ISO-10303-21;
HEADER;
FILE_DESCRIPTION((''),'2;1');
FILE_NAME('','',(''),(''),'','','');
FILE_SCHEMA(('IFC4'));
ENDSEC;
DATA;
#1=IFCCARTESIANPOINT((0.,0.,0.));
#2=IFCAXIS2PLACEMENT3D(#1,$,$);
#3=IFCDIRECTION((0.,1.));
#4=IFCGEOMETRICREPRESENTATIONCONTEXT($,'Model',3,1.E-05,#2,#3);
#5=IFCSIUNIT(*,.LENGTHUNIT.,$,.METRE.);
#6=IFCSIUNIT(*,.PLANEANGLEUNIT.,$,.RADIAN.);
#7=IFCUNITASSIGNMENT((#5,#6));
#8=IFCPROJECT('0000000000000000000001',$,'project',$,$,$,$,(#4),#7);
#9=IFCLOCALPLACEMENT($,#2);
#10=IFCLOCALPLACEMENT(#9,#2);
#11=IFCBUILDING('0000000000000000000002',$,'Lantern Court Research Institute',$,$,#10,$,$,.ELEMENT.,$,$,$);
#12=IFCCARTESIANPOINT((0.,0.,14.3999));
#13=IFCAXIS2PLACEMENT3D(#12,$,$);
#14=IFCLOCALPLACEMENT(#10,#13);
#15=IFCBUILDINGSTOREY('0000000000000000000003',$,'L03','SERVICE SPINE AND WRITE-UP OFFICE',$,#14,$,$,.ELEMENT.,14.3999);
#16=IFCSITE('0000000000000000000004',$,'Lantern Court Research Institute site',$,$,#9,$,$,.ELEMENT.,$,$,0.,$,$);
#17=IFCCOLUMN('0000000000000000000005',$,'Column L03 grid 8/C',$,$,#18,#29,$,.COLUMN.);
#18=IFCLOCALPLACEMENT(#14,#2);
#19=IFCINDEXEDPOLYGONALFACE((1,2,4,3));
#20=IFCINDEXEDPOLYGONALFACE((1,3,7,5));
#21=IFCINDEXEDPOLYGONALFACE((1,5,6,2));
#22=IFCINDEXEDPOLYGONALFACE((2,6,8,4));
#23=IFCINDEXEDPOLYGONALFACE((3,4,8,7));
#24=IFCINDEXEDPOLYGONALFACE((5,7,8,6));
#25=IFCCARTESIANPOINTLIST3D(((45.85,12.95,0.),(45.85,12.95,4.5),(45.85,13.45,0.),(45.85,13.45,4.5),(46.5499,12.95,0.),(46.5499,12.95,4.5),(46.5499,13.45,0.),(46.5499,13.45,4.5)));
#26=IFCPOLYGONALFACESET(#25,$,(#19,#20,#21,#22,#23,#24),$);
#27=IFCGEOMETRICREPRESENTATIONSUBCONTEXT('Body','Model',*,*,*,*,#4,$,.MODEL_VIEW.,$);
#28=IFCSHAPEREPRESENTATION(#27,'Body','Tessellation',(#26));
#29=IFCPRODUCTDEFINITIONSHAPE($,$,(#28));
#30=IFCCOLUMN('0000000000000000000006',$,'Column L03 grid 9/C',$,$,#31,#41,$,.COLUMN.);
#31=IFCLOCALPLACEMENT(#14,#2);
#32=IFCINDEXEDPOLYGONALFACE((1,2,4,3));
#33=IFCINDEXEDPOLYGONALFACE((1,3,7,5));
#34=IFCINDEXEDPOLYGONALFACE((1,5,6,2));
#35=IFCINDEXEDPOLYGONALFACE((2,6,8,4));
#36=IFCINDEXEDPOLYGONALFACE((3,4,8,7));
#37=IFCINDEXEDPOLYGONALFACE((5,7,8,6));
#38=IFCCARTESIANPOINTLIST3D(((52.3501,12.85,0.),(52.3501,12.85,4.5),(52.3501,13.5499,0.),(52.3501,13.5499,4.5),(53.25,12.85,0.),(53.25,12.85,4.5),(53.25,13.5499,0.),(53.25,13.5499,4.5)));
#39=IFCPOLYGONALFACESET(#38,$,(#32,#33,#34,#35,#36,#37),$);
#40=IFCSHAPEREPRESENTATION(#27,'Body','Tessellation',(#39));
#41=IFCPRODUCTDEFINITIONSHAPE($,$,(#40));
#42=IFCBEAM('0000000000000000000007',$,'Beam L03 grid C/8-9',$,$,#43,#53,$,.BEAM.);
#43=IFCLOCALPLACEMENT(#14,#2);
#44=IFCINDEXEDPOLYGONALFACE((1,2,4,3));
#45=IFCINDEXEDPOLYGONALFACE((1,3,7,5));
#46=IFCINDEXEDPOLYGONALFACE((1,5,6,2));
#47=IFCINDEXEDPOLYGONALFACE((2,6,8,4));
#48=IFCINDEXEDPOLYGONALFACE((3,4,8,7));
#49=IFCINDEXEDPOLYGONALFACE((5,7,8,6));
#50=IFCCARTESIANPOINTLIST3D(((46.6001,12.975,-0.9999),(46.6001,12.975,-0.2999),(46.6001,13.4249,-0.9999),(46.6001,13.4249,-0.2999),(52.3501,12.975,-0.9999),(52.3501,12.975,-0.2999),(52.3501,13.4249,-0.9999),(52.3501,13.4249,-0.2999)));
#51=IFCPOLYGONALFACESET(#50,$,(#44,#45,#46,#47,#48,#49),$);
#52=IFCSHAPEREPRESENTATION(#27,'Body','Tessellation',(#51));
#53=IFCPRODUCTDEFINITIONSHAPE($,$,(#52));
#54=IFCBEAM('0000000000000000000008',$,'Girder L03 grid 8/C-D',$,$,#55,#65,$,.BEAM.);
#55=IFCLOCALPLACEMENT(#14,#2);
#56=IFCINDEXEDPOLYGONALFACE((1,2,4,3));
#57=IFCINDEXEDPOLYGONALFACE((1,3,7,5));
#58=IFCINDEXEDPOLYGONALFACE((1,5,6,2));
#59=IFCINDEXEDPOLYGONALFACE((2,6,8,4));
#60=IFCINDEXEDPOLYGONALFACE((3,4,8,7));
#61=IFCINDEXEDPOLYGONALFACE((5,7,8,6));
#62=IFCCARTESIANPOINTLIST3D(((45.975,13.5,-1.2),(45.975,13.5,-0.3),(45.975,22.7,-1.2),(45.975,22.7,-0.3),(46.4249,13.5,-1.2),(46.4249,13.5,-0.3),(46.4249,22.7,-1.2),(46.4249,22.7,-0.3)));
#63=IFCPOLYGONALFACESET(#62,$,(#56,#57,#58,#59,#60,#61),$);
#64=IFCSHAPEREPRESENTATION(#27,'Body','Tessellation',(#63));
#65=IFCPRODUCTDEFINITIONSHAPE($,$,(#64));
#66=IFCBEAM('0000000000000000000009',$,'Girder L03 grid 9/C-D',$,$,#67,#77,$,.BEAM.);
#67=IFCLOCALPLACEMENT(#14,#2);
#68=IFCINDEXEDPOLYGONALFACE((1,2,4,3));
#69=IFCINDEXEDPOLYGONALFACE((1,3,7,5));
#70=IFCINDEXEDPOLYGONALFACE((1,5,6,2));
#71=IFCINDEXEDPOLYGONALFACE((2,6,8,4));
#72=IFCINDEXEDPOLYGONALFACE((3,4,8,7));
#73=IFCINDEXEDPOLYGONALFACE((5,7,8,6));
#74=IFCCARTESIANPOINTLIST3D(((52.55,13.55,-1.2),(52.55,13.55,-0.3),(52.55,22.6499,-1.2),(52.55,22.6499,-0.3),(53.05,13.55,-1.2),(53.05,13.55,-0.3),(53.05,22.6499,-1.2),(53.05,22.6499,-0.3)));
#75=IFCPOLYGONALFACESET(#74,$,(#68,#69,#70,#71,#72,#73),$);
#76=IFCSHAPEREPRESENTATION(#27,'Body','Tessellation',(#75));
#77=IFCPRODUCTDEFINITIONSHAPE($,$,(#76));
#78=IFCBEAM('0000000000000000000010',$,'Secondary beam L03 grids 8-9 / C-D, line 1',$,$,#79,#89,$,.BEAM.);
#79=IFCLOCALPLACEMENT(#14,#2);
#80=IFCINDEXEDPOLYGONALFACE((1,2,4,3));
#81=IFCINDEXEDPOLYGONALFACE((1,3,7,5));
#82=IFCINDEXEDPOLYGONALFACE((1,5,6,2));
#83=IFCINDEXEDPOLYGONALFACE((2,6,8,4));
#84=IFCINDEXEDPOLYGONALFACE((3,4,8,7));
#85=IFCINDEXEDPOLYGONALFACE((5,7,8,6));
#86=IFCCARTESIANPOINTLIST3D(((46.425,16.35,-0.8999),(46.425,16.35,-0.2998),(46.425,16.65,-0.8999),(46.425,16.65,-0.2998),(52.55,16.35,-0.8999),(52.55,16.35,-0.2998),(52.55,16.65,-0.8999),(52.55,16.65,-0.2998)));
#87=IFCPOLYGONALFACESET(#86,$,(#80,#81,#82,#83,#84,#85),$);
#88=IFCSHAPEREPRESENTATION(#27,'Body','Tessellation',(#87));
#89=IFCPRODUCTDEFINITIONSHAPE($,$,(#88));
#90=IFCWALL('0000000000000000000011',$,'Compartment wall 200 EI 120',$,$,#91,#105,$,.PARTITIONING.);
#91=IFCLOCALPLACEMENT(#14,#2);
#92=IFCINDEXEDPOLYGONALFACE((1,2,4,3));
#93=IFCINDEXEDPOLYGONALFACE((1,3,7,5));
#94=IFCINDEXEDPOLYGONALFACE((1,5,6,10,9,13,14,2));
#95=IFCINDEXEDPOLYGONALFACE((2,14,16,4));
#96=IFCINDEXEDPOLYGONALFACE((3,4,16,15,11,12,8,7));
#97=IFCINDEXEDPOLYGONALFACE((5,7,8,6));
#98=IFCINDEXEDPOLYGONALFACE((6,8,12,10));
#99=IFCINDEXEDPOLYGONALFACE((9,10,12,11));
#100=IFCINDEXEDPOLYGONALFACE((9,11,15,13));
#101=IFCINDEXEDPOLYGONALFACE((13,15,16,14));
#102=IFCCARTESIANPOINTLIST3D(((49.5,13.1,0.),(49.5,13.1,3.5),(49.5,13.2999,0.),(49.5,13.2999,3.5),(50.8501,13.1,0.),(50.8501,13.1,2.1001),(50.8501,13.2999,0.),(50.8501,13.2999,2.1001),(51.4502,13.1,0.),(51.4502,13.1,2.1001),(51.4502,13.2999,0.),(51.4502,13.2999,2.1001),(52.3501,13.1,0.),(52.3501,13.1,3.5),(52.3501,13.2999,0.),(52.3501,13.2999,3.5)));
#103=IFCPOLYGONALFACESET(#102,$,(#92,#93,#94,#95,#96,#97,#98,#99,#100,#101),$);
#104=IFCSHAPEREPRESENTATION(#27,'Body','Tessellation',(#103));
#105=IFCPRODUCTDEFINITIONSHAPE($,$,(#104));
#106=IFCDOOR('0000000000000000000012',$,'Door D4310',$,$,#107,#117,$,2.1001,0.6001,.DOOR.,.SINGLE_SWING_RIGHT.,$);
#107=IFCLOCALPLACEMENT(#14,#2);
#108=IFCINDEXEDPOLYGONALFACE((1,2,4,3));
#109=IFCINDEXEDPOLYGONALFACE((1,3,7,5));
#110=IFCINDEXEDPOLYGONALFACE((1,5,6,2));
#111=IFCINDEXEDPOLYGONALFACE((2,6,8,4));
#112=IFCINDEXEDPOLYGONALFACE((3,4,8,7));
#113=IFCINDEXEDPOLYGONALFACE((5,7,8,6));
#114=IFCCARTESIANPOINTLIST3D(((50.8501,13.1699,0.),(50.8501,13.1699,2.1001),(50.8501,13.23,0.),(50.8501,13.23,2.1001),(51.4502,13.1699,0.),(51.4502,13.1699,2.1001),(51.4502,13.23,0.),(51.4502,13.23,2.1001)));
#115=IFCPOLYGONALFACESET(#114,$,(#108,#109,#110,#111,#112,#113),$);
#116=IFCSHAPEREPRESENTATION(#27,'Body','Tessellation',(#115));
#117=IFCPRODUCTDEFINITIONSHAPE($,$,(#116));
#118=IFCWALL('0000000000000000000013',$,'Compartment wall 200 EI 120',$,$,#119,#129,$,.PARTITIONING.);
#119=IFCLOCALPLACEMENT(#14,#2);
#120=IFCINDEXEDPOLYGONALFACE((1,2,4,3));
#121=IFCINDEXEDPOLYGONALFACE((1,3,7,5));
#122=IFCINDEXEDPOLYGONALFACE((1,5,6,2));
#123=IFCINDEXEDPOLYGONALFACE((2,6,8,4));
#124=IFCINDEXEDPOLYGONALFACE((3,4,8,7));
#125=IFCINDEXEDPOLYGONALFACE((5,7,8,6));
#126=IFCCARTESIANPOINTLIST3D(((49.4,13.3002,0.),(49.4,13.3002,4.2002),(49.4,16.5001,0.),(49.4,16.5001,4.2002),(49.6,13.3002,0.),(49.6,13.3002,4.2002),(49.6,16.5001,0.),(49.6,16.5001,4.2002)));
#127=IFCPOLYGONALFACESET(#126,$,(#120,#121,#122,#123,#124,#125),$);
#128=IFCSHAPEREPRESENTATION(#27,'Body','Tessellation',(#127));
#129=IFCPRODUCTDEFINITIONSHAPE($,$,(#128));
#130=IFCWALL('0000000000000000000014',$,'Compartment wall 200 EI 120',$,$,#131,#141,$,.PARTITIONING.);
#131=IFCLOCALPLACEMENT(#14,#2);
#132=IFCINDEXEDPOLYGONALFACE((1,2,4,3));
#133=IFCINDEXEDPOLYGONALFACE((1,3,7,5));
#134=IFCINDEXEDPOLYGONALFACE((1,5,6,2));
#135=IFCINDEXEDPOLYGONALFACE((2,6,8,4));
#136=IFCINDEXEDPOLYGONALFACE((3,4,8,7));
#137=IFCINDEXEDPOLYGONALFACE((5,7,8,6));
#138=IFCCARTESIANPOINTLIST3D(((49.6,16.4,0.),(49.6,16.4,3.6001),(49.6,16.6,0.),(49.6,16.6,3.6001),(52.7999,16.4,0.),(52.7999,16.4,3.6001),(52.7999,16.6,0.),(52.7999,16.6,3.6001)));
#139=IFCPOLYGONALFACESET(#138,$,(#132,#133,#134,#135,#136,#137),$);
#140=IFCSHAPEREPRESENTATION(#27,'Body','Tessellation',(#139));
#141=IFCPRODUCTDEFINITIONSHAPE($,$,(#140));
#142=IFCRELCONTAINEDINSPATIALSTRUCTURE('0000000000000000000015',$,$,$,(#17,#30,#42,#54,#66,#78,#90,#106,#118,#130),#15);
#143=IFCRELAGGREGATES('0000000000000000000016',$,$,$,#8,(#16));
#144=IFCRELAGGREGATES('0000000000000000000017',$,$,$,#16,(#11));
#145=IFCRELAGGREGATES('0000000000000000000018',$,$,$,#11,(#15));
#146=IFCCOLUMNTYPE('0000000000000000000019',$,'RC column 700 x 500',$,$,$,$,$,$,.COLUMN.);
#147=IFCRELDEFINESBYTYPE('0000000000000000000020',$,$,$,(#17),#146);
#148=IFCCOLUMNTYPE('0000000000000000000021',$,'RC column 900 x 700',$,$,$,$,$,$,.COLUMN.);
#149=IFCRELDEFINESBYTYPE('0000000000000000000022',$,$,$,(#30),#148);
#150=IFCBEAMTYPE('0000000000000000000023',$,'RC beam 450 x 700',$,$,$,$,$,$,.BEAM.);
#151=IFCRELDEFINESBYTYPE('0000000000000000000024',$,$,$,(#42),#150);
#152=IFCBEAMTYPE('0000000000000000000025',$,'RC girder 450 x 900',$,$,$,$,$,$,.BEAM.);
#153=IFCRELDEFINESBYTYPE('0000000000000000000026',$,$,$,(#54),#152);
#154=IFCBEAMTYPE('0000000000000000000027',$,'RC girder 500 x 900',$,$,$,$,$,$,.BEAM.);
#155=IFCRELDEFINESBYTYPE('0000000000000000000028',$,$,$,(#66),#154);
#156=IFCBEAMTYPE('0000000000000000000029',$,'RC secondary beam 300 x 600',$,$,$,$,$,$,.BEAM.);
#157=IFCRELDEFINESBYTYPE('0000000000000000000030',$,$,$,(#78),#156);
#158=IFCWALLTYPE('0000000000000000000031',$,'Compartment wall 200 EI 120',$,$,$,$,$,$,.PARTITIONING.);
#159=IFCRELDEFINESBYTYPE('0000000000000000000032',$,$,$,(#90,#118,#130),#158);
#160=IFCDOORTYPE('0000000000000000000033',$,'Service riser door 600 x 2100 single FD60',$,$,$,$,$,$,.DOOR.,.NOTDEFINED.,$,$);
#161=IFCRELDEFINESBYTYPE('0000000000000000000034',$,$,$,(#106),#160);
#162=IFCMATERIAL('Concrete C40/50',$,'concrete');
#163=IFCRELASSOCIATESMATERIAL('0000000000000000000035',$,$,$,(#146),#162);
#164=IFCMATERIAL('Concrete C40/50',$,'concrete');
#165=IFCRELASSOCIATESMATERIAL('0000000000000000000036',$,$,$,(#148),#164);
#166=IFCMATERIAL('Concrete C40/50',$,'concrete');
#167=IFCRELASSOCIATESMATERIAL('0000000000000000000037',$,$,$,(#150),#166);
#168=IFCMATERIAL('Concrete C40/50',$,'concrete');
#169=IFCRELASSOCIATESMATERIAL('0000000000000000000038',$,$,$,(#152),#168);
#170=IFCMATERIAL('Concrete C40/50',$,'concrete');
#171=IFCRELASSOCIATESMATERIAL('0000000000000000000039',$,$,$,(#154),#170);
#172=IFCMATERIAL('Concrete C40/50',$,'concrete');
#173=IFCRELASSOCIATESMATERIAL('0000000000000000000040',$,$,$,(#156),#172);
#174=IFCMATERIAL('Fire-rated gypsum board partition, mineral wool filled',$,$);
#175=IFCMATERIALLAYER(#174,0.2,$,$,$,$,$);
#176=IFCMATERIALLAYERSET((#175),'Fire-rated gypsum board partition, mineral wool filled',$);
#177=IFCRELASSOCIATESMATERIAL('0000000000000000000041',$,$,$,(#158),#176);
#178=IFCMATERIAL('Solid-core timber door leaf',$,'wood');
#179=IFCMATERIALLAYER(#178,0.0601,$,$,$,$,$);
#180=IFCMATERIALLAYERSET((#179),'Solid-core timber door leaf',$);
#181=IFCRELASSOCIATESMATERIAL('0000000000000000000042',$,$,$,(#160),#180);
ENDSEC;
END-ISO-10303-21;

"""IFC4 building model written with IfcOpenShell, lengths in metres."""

from ifc_helpers import new_model, si_unit, direction, frame, frame_2d, origin, origin_2d, place, context, subcontext, project, spatial, rectangle, extrude, material, layer, layer_set, material_profile, profile_set, type_object, element, fill, save


model = new_model("IFC4")

# Units and contexts
model_context = context("Model", 3, precision=1e-05, world=origin(), true_north=direction((0.0, 1.0)))
body_context = subcontext(model_context, "Body", "Model", "MODEL_VIEW")
ifc_project = project(units=[si_unit("LENGTHUNIT", "METRE"), si_unit("PLANEANGLEUNIT", "RADIAN")], contexts=[model_context])

# Site, building, storey
site_placement = place(None, origin())
site = spatial("IfcSite", under=ifc_project, at=site_placement, Name="Lantern Court Research Institute site", CompositionType="ELEMENT", RefElevation=0.0)
building_placement = place(site_placement, origin())
building = spatial("IfcBuilding", under=site, at=building_placement, Name="Lantern Court Research Institute", CompositionType="ELEMENT")
storey_placement = place(building_placement, frame((0.0, 0.0, 14.3999)))
storey = spatial("IfcBuildingStorey", under=building, at=storey_placement, Name="L03", Description="SERVICE SPINE AND WRITE-UP OFFICE", CompositionType="ELEMENT", Elevation=14.3999)

# Columns
ifc_material_1 = material(Name="Concrete C40/50", Category="concrete")
ifc_material_profile_1 = material_profile(ifc_material_1, rectangle(XDim=0.7, YDim=0.5, at=origin_2d()), Name="RC column 700 x 500")
ifc_profile_set_1 = profile_set([ifc_material_profile_1], Name="Concrete C40/50")
column_type_1 = type_object("IfcColumnType", Name="RC column 700 x 500", PredefinedType="COLUMN", material=ifc_profile_set_1)
column_1_placement = place(storey_placement, frame((46.2, 13.2, 0.0), z_axis=(0.0, 0.0, 1.0), x_axis=(1.0, 0.0, 0.0)))
element("IfcColumn", 1, at=column_1_placement, inside=storey, type_object=column_type_1, Name="Column L03 grid 8/C", PredefinedType="COLUMN", context=body_context, shape_type="SweptSolid", body=[
    extrude(rectangle(XDim=0.7, YDim=0.5, at=origin_2d()), origin(), (0.0, 0.0, 1.0), 4.5),
])
ifc_material_2 = material(Name="Concrete C40/50", Category="concrete")
ifc_material_profile_2 = material_profile(ifc_material_2, rectangle(XDim=0.8999, YDim=0.7, at=origin_2d()), Name="RC column 900 x 700")
ifc_profile_set_2 = profile_set([ifc_material_profile_2], Name="Concrete C40/50")
column_type_2 = type_object("IfcColumnType", Name="RC column 900 x 700", PredefinedType="COLUMN", material=ifc_profile_set_2)
column_2_placement = place(storey_placement, frame((52.8, 13.2, 0.0), z_axis=(0.0, 0.0, 1.0), x_axis=(1.0, 0.0, 0.0)))
element("IfcColumn", 2, at=column_2_placement, inside=storey, type_object=column_type_2, Name="Column L03 grid 9/C", PredefinedType="COLUMN", context=body_context, shape_type="SweptSolid", body=[
    extrude(rectangle(XDim=0.8999, YDim=0.7, at=origin_2d()), origin(), (0.0, 0.0, 1.0), 4.5),
])

# Beams
ifc_material_3 = material(Name="Concrete C40/50", Category="concrete")
ifc_material_profile_3 = material_profile(ifc_material_3, rectangle(XDim=0.45, YDim=0.7, at=origin_2d()), Name="RC beam 450 x 700")
ifc_profile_set_3 = profile_set([ifc_material_profile_3], Name="Concrete C40/50")
beam_type_1 = type_object("IfcBeamType", Name="RC beam 450 x 700", PredefinedType="BEAM", material=ifc_profile_set_3)
beam_1_placement = place(storey_placement, frame((46.6001, 13.2, -0.6499), z_axis=(1.0, 0.0, 0.0), x_axis=(0.0, 1.0, 0.0)))
element("IfcBeam", 3, at=beam_1_placement, inside=storey, type_object=beam_type_1, Name="Beam L03 grid C/8-9", PredefinedType="BEAM", context=body_context, shape_type="SweptSolid", body=[
    extrude(rectangle(XDim=0.45, YDim=0.7, at=origin_2d()), origin(), (0.0, 0.0, 1.0), 5.75),
])
ifc_material_4 = material(Name="Concrete C40/50", Category="concrete")
ifc_material_profile_4 = material_profile(ifc_material_4, rectangle(XDim=0.45, YDim=0.8999, at=origin_2d()), Name="RC beam 450 x 900")
ifc_profile_set_4 = profile_set([ifc_material_profile_4], Name="Concrete C40/50")
beam_type_2 = type_object("IfcBeamType", Name="RC girder 450 x 900", PredefinedType="BEAM", material=ifc_profile_set_4)
beam_2_placement = place(storey_placement, frame((46.2, 13.5, -0.75), z_axis=(0.0, 1.0, 0.0), x_axis=(-1.0, 0.0, 0.0)))
element("IfcBeam", 4, at=beam_2_placement, inside=storey, type_object=beam_type_2, Name="Girder L03 grid 8/C-D", PredefinedType="BEAM", context=body_context, shape_type="SweptSolid", body=[
    extrude(rectangle(XDim=0.45, YDim=0.8999, at=origin_2d()), origin(), (0.0, 0.0, 1.0), 9.2),
])
ifc_material_5 = material(Name="Concrete C40/50", Category="concrete")
ifc_material_profile_5 = material_profile(ifc_material_5, rectangle(XDim=0.5, YDim=0.8999, at=origin_2d()), Name="RC beam 500 x 900")
ifc_profile_set_5 = profile_set([ifc_material_profile_5], Name="Concrete C40/50")
beam_type_3 = type_object("IfcBeamType", Name="RC girder 500 x 900", PredefinedType="BEAM", material=ifc_profile_set_5)
beam_3_placement = place(storey_placement, frame((52.8, 13.55, -0.75), z_axis=(0.0, 1.0, 0.0), x_axis=(-1.0, 0.0, 0.0)))
element("IfcBeam", 5, at=beam_3_placement, inside=storey, type_object=beam_type_3, Name="Girder L03 grid 9/C-D", PredefinedType="BEAM", context=body_context, shape_type="SweptSolid", body=[
    extrude(rectangle(XDim=0.5, YDim=0.8999, at=origin_2d()), origin(), (0.0, 0.0, 1.0), 9.0999),
])
ifc_material_6 = material(Name="Concrete C40/50", Category="concrete")
ifc_material_profile_6 = material_profile(ifc_material_6, rectangle(XDim=0.3, YDim=0.6001, at=origin_2d()), Name="RC beam 300 x 600")
ifc_profile_set_6 = profile_set([ifc_material_profile_6], Name="Concrete C40/50")
beam_type_4 = type_object("IfcBeamType", Name="RC secondary beam 300 x 600", PredefinedType="BEAM", material=ifc_profile_set_6)
beam_4_placement = place(storey_placement, frame((46.425, 16.5, -0.5999), z_axis=(1.0, 0.0, 0.0), x_axis=(0.0, 1.0, 0.0)))
element("IfcBeam", 6, at=beam_4_placement, inside=storey, type_object=beam_type_4, Name="Secondary beam L03 grids 8-9 / C-D, line 1", PredefinedType="BEAM", context=body_context, shape_type="SweptSolid", body=[
    extrude(rectangle(XDim=0.3, YDim=0.6001, at=origin_2d()), origin(), (0.0, 0.0, 1.0), 6.125),
])

# Wall, opening, door
ifc_material_7 = material(Name="Fire-rated gypsum board partition, mineral wool filled")
ifc_layer_1 = layer(ifc_material_7, 0.2)
ifc_layer_set_1 = layer_set([ifc_layer_1], Name="Fire-rated gypsum board partition, mineral wool filled")
wall_type_1 = type_object("IfcWallType", Name="Compartment wall 200 EI 120", PredefinedType="PARTITIONING", material=ifc_layer_set_1)
wall_1_placement = place(storey_placement, frame((49.5, 13.2, 0.0), z_axis=(0.0, 0.0, 1.0), x_axis=(1.0, 0.0, 0.0)))
wall_1 = element("IfcWall", 7, at=wall_1_placement, inside=storey, type_object=wall_type_1, Name="Compartment wall 200 EI 120", PredefinedType="PARTITIONING", context=body_context, shape_type="SweptSolid", body=[
    extrude(rectangle(XDim=2.8501, YDim=0.2, at=frame_2d((1.425, 0.0))), origin(), (0.0, 0.0, 1.0), 3.5),
])
opening_1_placement = place(wall_1_placement, frame((1.3501, 0.0, 0.0)))
opening_1 = element("IfcOpeningElement", 8, at=opening_1_placement, cuts=wall_1, PredefinedType="OPENING", context=body_context, shape_type="SweptSolid", body=[
    extrude(rectangle(XDim=0.6001, YDim=2.1001, at=frame_2d((0.3, 1.05))), frame((0.0, 0.1099, 0.0), z_axis=(0.0, -1.0, 0.0), x_axis=(1.0, 0.0, 0.0)), (0.0, 0.0, 1.0), 0.22),
])
ifc_material_8 = material(Name="Solid-core timber door leaf", Category="wood")
ifc_layer_2 = layer(ifc_material_8, 0.0601)
ifc_layer_set_2 = layer_set([ifc_layer_2], Name="Solid-core timber door leaf")
door_type_1 = type_object("IfcDoorType", Name="Service riser door 600 x 2100 single FD60", OperationType="NOTDEFINED", PredefinedType="DOOR", material=ifc_layer_set_2)
door_1_placement = place(opening_1_placement, origin())
door_1 = element("IfcDoor", 9, at=door_1_placement, inside=storey, type_object=door_type_1, Name="Door D4310", OperationType="SINGLE_SWING_RIGHT", OverallHeight=2.1001, OverallWidth=0.6001, PredefinedType="DOOR", context=body_context, shape_type="SweptSolid", body=[
    extrude(rectangle(XDim=0.6001, YDim=2.1001, at=frame_2d((0.3, 1.05))), frame((0.0, 0.03, 0.0), z_axis=(0.0, -1.0, 0.0), x_axis=(1.0, 0.0, 0.0)), (0.0, 0.0, 1.0), 0.0601),
])
fill(opening_1, door_1)

# Walls
wall_2_placement = place(storey_placement, frame((49.5, 13.3, 0.0), z_axis=(0.0, 0.0, 1.0), x_axis=(0.0, 1.0, 0.0)))
element("IfcWall", 10, at=wall_2_placement, inside=storey, type_object=wall_type_1, Name="Compartment wall 200 EI 120", PredefinedType="PARTITIONING", context=body_context, shape_type="SweptSolid", body=[
    extrude(rectangle(XDim=3.2, YDim=0.2, at=frame_2d((1.6001, 0.0))), origin(), (0.0, 0.0, 1.0), 4.2002),
])
wall_3_placement = place(storey_placement, frame((52.8, 16.5, 0.0), z_axis=(0.0, 0.0, 1.0), x_axis=(-1.0, 0.0, 0.0)))
element("IfcWall", 11, at=wall_3_placement, inside=storey, type_object=wall_type_1, Name="Compartment wall 200 EI 120", PredefinedType="PARTITIONING", context=body_context, shape_type="SweptSolid", body=[
    extrude(rectangle(XDim=3.2, YDim=0.2, at=frame_2d((1.6001, 0.0))), origin(), (0.0, 0.0, 1.0), 3.6001),
])

save(model, "model.ifc")
